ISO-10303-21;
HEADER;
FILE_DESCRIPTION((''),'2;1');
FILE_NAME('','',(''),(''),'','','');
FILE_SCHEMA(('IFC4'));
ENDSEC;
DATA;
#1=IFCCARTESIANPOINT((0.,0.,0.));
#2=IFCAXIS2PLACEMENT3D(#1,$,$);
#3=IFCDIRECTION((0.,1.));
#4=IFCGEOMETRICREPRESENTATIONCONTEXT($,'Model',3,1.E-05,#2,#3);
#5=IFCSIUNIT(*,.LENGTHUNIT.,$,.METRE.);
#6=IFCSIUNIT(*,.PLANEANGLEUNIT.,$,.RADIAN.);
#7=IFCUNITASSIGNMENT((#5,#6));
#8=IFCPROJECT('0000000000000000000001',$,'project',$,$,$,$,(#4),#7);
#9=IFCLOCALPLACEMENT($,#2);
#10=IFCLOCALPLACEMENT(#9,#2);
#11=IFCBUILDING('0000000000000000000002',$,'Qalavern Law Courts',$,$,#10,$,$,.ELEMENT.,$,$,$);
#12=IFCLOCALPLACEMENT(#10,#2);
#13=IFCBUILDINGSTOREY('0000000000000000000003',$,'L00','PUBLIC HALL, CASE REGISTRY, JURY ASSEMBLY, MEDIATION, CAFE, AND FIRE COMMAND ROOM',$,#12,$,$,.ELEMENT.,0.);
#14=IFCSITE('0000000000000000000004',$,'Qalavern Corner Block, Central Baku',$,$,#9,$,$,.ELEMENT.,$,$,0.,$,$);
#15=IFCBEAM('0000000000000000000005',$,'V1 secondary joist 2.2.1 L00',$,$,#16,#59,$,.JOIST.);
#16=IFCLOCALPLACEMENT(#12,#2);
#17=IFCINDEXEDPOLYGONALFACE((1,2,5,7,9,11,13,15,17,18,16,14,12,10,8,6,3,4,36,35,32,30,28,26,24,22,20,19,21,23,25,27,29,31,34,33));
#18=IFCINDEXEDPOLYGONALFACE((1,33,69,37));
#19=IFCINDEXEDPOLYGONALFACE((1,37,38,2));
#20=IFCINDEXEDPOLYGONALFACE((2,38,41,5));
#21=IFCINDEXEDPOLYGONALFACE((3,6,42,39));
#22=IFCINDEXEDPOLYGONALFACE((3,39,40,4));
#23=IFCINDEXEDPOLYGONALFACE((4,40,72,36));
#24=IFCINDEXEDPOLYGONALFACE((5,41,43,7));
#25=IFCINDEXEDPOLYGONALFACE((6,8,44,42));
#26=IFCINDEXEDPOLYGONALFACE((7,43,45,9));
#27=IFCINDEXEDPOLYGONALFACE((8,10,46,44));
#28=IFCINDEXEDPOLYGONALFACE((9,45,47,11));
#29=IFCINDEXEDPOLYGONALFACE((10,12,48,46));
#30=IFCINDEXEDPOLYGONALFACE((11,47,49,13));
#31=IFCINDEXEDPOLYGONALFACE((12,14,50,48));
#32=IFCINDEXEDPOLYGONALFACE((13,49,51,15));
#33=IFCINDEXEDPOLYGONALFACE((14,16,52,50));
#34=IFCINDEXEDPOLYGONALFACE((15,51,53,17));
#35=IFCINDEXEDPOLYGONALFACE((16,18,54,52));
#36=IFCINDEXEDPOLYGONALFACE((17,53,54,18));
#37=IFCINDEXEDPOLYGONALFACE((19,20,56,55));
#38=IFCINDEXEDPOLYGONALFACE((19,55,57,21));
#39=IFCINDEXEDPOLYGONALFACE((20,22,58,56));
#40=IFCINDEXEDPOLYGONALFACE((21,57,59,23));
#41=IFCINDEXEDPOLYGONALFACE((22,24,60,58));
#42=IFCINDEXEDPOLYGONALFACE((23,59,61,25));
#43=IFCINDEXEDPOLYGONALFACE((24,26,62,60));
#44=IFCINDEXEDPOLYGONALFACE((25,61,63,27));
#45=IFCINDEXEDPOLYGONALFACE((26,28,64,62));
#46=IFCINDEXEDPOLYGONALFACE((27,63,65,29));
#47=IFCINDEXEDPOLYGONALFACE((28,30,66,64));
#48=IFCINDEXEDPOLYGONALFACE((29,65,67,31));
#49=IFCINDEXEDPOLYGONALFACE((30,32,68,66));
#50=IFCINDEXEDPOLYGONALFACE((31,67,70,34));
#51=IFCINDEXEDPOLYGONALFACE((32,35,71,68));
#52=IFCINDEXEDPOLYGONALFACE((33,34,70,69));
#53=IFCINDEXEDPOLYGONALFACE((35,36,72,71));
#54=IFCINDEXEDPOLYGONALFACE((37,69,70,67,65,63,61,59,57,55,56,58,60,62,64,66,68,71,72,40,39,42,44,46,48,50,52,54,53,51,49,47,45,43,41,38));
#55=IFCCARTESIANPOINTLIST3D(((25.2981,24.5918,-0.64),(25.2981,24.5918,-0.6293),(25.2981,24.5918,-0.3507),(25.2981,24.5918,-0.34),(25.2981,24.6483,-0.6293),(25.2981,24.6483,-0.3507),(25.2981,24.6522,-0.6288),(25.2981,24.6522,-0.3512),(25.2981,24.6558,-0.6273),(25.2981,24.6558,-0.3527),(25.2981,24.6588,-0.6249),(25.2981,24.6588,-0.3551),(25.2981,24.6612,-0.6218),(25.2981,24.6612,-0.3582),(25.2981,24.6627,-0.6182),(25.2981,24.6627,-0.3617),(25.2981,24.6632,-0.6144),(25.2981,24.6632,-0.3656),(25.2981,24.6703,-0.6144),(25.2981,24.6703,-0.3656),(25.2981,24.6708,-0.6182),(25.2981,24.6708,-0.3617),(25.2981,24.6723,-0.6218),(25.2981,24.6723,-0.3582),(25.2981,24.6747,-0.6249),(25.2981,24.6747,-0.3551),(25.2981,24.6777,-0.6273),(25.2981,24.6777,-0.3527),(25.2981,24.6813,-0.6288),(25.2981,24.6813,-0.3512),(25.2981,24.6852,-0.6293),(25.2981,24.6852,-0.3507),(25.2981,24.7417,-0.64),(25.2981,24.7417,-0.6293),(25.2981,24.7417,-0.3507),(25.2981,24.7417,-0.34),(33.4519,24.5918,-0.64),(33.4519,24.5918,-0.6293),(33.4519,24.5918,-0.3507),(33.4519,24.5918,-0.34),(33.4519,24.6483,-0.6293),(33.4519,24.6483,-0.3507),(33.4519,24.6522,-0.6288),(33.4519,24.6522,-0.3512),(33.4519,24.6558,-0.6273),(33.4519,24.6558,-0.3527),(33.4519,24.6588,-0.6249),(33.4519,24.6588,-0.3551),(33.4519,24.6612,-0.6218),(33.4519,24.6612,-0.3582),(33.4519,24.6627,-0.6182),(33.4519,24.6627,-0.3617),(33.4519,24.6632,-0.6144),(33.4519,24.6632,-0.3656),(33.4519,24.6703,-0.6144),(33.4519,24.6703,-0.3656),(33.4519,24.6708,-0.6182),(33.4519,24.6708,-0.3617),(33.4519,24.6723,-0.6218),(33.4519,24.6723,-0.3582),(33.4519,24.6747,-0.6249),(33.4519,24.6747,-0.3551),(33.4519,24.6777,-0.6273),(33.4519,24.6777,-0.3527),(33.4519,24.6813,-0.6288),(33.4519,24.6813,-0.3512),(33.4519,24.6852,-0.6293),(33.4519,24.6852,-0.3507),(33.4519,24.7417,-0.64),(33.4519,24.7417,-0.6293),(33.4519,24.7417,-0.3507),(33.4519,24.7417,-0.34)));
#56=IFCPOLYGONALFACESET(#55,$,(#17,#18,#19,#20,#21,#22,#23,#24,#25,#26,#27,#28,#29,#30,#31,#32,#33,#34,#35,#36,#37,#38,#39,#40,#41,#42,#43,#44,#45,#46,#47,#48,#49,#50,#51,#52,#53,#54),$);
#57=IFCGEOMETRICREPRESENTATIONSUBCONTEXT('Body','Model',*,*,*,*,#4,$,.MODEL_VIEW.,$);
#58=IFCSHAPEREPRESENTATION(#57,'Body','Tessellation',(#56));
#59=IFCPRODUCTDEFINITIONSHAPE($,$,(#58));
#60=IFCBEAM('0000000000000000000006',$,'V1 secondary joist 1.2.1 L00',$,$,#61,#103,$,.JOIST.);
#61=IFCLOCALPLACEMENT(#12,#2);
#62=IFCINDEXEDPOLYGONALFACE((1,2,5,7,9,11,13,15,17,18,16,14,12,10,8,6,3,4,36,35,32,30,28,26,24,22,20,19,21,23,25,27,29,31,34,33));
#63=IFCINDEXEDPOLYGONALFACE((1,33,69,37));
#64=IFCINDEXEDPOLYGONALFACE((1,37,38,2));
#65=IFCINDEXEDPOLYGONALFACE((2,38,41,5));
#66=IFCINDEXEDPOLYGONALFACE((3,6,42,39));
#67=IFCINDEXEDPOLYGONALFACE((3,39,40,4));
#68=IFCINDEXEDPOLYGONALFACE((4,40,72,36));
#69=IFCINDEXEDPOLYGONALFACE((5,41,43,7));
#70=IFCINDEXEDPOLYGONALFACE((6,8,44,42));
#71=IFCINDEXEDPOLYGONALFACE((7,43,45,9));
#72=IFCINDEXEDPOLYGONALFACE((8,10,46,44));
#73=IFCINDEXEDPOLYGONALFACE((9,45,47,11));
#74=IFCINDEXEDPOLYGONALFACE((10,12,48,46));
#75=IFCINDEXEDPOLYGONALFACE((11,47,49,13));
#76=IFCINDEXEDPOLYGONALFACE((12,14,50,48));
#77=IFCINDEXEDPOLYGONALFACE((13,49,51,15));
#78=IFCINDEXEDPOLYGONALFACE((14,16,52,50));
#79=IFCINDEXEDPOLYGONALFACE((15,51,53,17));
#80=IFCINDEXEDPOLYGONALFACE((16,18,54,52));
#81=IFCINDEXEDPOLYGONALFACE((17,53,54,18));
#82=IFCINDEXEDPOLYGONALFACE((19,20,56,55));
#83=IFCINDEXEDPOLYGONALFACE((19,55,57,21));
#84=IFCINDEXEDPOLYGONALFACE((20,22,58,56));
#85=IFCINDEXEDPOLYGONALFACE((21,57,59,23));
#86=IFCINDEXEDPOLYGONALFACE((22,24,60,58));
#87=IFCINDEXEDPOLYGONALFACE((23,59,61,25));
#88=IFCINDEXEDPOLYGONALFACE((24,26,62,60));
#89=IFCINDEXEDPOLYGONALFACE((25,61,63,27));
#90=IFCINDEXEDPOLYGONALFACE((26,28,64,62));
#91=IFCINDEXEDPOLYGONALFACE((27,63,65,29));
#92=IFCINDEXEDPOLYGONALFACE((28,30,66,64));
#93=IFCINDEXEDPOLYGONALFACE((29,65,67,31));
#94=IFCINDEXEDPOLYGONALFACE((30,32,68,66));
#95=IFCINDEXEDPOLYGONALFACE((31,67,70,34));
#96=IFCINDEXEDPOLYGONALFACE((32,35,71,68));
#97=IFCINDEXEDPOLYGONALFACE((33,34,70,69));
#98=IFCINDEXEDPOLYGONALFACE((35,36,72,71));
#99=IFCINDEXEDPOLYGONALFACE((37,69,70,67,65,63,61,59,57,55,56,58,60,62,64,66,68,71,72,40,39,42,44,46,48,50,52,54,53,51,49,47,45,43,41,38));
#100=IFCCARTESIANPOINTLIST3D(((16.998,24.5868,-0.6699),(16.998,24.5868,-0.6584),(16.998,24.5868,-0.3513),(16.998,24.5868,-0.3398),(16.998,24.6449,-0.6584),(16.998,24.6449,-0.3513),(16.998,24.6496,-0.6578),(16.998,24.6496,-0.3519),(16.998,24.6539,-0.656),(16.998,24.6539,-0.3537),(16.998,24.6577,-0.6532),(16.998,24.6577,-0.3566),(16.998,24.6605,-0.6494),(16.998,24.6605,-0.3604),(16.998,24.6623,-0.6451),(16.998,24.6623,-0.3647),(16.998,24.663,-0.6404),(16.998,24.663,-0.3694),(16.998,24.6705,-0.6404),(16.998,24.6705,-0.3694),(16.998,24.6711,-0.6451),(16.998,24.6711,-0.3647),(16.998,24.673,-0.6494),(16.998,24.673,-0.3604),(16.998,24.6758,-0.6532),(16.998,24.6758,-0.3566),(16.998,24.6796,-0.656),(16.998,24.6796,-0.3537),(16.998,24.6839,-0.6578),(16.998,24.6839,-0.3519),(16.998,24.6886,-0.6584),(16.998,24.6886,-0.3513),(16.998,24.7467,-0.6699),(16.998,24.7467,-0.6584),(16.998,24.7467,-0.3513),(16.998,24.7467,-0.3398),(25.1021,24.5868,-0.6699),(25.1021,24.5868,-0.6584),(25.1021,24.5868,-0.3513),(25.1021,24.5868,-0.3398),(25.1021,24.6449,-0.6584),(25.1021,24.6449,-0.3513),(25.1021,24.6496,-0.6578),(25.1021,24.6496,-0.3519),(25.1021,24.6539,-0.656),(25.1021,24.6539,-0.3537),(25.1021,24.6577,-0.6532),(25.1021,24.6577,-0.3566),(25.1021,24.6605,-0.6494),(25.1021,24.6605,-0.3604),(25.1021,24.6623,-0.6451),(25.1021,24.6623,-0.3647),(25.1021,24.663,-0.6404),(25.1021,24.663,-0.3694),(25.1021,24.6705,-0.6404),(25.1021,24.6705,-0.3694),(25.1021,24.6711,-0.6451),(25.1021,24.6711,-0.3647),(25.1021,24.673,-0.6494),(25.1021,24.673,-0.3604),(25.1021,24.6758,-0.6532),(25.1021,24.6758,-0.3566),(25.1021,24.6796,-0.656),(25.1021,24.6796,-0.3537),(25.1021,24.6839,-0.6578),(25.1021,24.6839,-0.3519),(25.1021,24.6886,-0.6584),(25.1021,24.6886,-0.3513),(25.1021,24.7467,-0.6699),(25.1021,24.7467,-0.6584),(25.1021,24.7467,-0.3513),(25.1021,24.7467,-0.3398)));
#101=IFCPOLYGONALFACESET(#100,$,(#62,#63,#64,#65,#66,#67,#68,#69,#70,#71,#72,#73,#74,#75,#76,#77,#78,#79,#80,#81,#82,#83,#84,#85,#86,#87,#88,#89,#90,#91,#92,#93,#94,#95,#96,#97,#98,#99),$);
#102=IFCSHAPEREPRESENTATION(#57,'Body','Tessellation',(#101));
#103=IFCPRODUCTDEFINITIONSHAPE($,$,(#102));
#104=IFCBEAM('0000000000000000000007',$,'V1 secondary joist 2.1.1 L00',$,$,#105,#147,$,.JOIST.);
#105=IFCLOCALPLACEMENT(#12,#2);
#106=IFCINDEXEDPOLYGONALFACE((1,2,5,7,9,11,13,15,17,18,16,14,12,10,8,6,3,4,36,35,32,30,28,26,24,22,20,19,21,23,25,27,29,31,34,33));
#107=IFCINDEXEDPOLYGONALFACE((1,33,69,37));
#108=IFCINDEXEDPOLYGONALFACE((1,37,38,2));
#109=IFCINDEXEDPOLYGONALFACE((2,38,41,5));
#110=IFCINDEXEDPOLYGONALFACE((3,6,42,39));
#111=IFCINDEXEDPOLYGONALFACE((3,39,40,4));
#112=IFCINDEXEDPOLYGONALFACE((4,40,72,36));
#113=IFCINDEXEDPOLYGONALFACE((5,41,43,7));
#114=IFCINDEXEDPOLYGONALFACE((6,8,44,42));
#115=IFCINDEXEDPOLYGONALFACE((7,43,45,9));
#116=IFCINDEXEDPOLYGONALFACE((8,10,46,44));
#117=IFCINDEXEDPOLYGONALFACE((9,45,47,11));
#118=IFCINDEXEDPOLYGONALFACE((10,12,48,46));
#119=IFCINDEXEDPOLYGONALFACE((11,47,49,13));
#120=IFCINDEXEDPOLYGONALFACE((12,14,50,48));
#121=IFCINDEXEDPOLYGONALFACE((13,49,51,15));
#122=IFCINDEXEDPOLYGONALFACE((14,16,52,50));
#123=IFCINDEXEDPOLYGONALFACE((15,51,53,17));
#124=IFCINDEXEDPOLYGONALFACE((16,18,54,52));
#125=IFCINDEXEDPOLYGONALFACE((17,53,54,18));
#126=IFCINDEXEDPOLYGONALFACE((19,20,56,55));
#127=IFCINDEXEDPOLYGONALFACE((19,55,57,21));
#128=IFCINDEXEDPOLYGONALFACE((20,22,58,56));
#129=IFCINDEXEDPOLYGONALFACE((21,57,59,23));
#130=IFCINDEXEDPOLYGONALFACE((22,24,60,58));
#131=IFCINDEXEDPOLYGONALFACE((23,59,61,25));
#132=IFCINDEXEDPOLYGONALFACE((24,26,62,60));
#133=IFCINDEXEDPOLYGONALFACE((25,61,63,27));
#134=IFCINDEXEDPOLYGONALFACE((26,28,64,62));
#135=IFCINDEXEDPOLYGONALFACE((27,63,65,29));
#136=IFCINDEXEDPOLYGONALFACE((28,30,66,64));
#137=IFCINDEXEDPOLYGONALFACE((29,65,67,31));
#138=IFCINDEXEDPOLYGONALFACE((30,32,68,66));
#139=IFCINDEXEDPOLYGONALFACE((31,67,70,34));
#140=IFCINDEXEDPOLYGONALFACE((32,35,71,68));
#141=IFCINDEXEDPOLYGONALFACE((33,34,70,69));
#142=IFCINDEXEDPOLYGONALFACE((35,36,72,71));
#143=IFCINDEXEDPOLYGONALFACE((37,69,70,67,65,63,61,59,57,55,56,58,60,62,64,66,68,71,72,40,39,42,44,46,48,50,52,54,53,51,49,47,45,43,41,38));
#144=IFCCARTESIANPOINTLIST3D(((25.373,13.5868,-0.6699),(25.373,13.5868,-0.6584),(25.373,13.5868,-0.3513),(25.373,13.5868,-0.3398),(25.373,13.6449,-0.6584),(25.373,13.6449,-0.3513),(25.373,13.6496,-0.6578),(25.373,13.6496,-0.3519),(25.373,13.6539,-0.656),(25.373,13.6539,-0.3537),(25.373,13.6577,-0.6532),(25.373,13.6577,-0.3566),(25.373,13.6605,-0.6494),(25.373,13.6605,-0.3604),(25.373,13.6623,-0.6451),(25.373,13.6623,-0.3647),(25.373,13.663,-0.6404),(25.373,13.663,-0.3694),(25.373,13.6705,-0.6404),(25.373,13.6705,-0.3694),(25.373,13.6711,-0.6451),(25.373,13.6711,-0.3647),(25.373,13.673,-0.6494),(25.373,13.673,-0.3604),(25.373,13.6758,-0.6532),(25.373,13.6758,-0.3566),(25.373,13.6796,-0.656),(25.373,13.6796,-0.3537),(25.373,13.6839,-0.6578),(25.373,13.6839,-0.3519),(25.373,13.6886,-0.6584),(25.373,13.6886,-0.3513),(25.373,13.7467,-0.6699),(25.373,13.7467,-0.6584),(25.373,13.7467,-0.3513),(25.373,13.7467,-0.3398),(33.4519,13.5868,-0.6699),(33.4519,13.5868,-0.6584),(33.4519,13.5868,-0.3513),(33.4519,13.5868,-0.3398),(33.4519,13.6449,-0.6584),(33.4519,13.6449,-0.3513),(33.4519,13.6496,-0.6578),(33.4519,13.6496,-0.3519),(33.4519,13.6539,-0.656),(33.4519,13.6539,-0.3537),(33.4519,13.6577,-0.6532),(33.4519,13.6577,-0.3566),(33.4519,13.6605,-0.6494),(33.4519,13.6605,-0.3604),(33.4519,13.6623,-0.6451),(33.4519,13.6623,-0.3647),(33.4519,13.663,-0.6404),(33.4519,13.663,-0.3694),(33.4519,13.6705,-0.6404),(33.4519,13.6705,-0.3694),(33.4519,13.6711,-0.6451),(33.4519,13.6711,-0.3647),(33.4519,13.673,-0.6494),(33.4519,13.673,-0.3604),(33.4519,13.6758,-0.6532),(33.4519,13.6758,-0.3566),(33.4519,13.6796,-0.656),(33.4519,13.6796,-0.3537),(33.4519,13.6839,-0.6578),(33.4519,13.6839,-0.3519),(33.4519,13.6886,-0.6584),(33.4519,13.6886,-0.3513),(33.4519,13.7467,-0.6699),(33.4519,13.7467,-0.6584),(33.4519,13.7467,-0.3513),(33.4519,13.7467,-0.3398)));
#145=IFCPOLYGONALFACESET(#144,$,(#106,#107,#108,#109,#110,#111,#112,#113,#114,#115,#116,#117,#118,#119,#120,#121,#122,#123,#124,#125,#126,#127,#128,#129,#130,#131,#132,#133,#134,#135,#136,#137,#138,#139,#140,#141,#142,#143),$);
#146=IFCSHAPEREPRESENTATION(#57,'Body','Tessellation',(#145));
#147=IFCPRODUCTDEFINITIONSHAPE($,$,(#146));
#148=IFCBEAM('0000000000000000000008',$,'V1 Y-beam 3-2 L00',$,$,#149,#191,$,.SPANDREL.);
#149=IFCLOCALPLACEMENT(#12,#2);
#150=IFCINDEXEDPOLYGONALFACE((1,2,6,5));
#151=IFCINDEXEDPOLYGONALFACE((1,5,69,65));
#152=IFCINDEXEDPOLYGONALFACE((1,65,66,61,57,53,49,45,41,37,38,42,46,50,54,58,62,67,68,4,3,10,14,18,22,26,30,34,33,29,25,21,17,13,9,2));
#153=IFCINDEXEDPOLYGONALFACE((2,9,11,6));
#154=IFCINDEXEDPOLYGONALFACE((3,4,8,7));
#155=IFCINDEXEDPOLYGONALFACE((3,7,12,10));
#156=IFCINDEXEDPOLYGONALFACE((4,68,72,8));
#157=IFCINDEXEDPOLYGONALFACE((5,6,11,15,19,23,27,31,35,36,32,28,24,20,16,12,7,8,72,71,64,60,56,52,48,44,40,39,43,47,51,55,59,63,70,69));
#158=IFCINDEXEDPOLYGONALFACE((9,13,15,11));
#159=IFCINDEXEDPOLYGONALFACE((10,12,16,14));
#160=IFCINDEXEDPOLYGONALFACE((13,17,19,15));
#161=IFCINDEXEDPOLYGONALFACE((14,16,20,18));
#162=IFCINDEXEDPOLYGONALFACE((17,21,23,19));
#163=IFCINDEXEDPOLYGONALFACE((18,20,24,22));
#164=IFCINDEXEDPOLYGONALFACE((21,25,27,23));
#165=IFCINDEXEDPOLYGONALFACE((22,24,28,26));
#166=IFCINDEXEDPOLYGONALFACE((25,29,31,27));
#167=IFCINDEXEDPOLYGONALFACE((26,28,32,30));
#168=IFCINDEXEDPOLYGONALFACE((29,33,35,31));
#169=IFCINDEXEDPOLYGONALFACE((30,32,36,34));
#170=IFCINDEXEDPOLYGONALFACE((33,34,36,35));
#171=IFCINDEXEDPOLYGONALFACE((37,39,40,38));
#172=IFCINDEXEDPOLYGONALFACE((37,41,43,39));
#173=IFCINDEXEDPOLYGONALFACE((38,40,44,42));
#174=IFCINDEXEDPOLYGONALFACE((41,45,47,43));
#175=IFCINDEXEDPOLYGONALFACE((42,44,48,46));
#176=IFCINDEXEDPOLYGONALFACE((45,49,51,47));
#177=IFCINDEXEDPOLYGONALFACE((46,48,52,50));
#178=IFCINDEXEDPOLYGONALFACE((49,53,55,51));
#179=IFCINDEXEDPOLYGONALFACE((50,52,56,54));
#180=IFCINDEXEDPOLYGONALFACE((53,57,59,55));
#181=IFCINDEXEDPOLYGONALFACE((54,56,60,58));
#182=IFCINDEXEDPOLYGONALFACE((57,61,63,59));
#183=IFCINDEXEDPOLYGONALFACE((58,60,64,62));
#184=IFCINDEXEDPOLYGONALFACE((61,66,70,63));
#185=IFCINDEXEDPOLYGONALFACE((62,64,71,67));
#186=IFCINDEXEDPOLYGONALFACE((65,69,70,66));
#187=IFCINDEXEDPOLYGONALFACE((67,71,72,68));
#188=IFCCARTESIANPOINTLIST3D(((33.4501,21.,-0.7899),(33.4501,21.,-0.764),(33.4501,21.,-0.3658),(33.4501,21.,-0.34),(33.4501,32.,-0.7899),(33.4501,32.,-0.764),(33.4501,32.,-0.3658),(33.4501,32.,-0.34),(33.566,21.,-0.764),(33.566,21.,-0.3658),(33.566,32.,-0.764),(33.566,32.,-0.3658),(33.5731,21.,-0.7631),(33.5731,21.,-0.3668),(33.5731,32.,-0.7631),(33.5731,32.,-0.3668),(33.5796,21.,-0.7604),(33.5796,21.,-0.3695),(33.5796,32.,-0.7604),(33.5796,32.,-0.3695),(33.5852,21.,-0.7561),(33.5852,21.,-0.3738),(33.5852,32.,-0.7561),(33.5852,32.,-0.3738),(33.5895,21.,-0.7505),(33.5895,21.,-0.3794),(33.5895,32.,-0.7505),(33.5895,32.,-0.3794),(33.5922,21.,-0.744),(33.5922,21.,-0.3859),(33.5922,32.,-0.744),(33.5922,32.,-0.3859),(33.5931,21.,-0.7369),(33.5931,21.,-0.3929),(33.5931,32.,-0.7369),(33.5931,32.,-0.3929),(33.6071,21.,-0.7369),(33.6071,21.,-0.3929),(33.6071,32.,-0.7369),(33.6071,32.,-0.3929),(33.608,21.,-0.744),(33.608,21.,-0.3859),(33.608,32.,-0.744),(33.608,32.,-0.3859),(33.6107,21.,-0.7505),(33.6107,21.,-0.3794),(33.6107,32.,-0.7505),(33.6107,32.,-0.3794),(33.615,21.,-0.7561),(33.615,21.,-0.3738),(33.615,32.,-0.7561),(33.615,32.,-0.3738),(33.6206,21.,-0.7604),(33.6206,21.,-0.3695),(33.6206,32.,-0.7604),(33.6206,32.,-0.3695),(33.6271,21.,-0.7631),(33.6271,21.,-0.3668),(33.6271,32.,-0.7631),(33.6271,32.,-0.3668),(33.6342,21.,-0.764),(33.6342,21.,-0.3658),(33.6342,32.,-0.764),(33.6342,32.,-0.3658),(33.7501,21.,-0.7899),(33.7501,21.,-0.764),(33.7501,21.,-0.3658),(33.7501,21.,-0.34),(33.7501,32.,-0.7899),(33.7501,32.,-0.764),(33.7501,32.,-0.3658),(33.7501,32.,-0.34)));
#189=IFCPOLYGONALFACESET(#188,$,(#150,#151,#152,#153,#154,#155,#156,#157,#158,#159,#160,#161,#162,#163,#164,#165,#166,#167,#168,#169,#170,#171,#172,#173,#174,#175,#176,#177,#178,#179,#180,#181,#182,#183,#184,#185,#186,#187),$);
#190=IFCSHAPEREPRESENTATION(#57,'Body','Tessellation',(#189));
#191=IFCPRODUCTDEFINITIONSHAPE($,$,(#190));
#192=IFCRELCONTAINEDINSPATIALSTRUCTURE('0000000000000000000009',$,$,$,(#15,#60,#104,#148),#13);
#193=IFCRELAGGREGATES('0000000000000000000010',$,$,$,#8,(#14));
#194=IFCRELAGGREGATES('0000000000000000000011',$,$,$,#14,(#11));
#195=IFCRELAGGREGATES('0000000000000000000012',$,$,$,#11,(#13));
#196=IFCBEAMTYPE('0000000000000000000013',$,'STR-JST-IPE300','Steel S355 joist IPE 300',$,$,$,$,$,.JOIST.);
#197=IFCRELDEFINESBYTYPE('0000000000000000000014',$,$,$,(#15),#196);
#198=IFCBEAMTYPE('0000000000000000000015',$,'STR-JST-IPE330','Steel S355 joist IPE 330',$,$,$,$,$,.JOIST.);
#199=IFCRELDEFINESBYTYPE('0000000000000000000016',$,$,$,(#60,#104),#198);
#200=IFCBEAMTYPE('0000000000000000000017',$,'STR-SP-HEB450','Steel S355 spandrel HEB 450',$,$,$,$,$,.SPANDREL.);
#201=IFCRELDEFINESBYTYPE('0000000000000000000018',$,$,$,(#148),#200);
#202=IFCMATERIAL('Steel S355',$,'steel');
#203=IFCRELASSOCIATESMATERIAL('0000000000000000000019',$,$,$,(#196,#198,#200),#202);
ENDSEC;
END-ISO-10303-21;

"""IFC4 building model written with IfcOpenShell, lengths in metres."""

from ifc_helpers import new_model, si_unit, direction, frame, origin, origin_2d, place, context, subcontext, project, spatial, i_section, extrude, material, material_profile, profile_set, type_object, element, save


model = new_model("IFC4")

# Units and contexts
model_context = context("Model", 3, precision=1e-05, world=origin(), true_north=direction((0.0, 1.0)))
body_context = subcontext(model_context, "Body", "Model", "MODEL_VIEW")
ifc_project = project(units=[si_unit("LENGTHUNIT", "METRE"), si_unit("PLANEANGLEUNIT", "RADIAN")], contexts=[model_context])

# Site, building, storey
site_placement = place(None, origin())
site = spatial("IfcSite", under=ifc_project, at=site_placement, Name="Qalavern Corner Block, Central Baku", CompositionType="ELEMENT", RefElevation=0.0)
building_placement = place(site_placement, origin())
building = spatial("IfcBuilding", under=site, at=building_placement, Name="Qalavern Law Courts", CompositionType="ELEMENT")
storey_placement = place(building_placement, origin())
storey = spatial("IfcBuildingStorey", under=building, at=storey_placement, Name="L00", Description="PUBLIC HALL, CASE REGISTRY, JURY ASSEMBLY, MEDIATION, CAFE, AND FIRE COMMAND ROOM", CompositionType="ELEMENT", Elevation=0.0)

# Beams
ifc_material_1 = material(Name="Steel S355", Category="steel")
ifc_material_profile_1 = material_profile(ifc_material_1, i_section(OverallWidth=0.1499, OverallDepth=0.3, WebThickness=0.0071, FlangeThickness=0.0107, FilletRadius=0.0149, at=origin_2d()), Name="IPE 300")
ifc_profile_set_1 = profile_set([ifc_material_profile_1], Name="Steel S355")
beam_type_1 = type_object("IfcBeamType", Name="STR-JST-IPE300", Description="Steel S355 joist IPE 300", PredefinedType="JOIST", material=ifc_profile_set_1)
beam_1_placement = place(storey_placement, frame((25.2981, 24.6667, -0.49), z_axis=(1.0, 0.0, 0.0), x_axis=(0.0, 1.0, 0.0)))
element("IfcBeam", 1, at=beam_1_placement, inside=storey, type_object=beam_type_1, Name="V1 secondary joist 2.2.1 L00", PredefinedType="JOIST", context=body_context, shape_type="SweptSolid", body=[
    extrude(i_section(OverallWidth=0.1499, OverallDepth=0.3, WebThickness=0.0071, FlangeThickness=0.0107, FilletRadius=0.0149, at=origin_2d()), origin(), (0.0, 0.0, 1.0), 8.1538),
])
ifc_material_profile_2 = material_profile(ifc_material_1, i_section(OverallWidth=0.1599, OverallDepth=0.3301, WebThickness=0.0076, FlangeThickness=0.0115, FilletRadius=0.0181, at=origin_2d()), Name="IPE 330")
ifc_profile_set_2 = profile_set([ifc_material_profile_2], Name="Steel S355")
beam_type_2 = type_object("IfcBeamType", Name="STR-JST-IPE330", Description="Steel S355 joist IPE 330", PredefinedType="JOIST", material=ifc_profile_set_2)
beam_2_placement = place(storey_placement, frame((16.998, 24.6667, -0.5049), z_axis=(1.0, 0.0, 0.0), x_axis=(0.0, 1.0, 0.0)))
element("IfcBeam", 2, at=beam_2_placement, inside=storey, type_object=beam_type_2, Name="V1 secondary joist 1.2.1 L00", PredefinedType="JOIST", context=body_context, shape_type="SweptSolid", body=[
    extrude(i_section(OverallWidth=0.1599, OverallDepth=0.3301, WebThickness=0.0076, FlangeThickness=0.0115, FilletRadius=0.0181, at=origin_2d()), origin(), (0.0, 0.0, 1.0), 8.104),
])
beam_3_placement = place(storey_placement, frame((25.373, 13.6667, -0.5049), z_axis=(1.0, 0.0, 0.0), x_axis=(0.0, 1.0, 0.0)))
element("IfcBeam", 3, at=beam_3_placement, inside=storey, type_object=beam_type_2, Name="V1 secondary joist 2.1.1 L00", PredefinedType="JOIST", context=body_context, shape_type="SweptSolid", body=[
    extrude(i_section(OverallWidth=0.1599, OverallDepth=0.3301, WebThickness=0.0076, FlangeThickness=0.0115, FilletRadius=0.0181, at=origin_2d()), origin(), (0.0, 0.0, 1.0), 8.0789),
])
ifc_material_profile_3 = material_profile(ifc_material_1, i_section(OverallWidth=0.3, OverallDepth=0.45, WebThickness=0.0139, FlangeThickness=0.0259, FilletRadius=0.0271, at=origin_2d()), Name="HEB 450")
ifc_profile_set_3 = profile_set([ifc_material_profile_3], Name="Steel S355")
beam_type_3 = type_object("IfcBeamType", Name="STR-SP-HEB450", Description="Steel S355 spandrel HEB 450", PredefinedType="SPANDREL", material=ifc_profile_set_3)
beam_4_placement = place(storey_placement, frame((33.6001, 21.0, -0.5649), z_axis=(0.0, 1.0, 0.0), x_axis=(-1.0, 0.0, 0.0)))
element("IfcBeam", 4, at=beam_4_placement, inside=storey, type_object=beam_type_3, Name="V1 Y-beam 3-2 L00", PredefinedType="SPANDREL", context=body_context, shape_type="SweptSolid", body=[
    extrude(i_section(OverallWidth=0.3, OverallDepth=0.45, WebThickness=0.0139, FlangeThickness=0.0259, FilletRadius=0.0271, at=origin_2d()), origin(), (0.0, 0.0, 1.0), 11.0),
])

save(model, "model.ifc")
